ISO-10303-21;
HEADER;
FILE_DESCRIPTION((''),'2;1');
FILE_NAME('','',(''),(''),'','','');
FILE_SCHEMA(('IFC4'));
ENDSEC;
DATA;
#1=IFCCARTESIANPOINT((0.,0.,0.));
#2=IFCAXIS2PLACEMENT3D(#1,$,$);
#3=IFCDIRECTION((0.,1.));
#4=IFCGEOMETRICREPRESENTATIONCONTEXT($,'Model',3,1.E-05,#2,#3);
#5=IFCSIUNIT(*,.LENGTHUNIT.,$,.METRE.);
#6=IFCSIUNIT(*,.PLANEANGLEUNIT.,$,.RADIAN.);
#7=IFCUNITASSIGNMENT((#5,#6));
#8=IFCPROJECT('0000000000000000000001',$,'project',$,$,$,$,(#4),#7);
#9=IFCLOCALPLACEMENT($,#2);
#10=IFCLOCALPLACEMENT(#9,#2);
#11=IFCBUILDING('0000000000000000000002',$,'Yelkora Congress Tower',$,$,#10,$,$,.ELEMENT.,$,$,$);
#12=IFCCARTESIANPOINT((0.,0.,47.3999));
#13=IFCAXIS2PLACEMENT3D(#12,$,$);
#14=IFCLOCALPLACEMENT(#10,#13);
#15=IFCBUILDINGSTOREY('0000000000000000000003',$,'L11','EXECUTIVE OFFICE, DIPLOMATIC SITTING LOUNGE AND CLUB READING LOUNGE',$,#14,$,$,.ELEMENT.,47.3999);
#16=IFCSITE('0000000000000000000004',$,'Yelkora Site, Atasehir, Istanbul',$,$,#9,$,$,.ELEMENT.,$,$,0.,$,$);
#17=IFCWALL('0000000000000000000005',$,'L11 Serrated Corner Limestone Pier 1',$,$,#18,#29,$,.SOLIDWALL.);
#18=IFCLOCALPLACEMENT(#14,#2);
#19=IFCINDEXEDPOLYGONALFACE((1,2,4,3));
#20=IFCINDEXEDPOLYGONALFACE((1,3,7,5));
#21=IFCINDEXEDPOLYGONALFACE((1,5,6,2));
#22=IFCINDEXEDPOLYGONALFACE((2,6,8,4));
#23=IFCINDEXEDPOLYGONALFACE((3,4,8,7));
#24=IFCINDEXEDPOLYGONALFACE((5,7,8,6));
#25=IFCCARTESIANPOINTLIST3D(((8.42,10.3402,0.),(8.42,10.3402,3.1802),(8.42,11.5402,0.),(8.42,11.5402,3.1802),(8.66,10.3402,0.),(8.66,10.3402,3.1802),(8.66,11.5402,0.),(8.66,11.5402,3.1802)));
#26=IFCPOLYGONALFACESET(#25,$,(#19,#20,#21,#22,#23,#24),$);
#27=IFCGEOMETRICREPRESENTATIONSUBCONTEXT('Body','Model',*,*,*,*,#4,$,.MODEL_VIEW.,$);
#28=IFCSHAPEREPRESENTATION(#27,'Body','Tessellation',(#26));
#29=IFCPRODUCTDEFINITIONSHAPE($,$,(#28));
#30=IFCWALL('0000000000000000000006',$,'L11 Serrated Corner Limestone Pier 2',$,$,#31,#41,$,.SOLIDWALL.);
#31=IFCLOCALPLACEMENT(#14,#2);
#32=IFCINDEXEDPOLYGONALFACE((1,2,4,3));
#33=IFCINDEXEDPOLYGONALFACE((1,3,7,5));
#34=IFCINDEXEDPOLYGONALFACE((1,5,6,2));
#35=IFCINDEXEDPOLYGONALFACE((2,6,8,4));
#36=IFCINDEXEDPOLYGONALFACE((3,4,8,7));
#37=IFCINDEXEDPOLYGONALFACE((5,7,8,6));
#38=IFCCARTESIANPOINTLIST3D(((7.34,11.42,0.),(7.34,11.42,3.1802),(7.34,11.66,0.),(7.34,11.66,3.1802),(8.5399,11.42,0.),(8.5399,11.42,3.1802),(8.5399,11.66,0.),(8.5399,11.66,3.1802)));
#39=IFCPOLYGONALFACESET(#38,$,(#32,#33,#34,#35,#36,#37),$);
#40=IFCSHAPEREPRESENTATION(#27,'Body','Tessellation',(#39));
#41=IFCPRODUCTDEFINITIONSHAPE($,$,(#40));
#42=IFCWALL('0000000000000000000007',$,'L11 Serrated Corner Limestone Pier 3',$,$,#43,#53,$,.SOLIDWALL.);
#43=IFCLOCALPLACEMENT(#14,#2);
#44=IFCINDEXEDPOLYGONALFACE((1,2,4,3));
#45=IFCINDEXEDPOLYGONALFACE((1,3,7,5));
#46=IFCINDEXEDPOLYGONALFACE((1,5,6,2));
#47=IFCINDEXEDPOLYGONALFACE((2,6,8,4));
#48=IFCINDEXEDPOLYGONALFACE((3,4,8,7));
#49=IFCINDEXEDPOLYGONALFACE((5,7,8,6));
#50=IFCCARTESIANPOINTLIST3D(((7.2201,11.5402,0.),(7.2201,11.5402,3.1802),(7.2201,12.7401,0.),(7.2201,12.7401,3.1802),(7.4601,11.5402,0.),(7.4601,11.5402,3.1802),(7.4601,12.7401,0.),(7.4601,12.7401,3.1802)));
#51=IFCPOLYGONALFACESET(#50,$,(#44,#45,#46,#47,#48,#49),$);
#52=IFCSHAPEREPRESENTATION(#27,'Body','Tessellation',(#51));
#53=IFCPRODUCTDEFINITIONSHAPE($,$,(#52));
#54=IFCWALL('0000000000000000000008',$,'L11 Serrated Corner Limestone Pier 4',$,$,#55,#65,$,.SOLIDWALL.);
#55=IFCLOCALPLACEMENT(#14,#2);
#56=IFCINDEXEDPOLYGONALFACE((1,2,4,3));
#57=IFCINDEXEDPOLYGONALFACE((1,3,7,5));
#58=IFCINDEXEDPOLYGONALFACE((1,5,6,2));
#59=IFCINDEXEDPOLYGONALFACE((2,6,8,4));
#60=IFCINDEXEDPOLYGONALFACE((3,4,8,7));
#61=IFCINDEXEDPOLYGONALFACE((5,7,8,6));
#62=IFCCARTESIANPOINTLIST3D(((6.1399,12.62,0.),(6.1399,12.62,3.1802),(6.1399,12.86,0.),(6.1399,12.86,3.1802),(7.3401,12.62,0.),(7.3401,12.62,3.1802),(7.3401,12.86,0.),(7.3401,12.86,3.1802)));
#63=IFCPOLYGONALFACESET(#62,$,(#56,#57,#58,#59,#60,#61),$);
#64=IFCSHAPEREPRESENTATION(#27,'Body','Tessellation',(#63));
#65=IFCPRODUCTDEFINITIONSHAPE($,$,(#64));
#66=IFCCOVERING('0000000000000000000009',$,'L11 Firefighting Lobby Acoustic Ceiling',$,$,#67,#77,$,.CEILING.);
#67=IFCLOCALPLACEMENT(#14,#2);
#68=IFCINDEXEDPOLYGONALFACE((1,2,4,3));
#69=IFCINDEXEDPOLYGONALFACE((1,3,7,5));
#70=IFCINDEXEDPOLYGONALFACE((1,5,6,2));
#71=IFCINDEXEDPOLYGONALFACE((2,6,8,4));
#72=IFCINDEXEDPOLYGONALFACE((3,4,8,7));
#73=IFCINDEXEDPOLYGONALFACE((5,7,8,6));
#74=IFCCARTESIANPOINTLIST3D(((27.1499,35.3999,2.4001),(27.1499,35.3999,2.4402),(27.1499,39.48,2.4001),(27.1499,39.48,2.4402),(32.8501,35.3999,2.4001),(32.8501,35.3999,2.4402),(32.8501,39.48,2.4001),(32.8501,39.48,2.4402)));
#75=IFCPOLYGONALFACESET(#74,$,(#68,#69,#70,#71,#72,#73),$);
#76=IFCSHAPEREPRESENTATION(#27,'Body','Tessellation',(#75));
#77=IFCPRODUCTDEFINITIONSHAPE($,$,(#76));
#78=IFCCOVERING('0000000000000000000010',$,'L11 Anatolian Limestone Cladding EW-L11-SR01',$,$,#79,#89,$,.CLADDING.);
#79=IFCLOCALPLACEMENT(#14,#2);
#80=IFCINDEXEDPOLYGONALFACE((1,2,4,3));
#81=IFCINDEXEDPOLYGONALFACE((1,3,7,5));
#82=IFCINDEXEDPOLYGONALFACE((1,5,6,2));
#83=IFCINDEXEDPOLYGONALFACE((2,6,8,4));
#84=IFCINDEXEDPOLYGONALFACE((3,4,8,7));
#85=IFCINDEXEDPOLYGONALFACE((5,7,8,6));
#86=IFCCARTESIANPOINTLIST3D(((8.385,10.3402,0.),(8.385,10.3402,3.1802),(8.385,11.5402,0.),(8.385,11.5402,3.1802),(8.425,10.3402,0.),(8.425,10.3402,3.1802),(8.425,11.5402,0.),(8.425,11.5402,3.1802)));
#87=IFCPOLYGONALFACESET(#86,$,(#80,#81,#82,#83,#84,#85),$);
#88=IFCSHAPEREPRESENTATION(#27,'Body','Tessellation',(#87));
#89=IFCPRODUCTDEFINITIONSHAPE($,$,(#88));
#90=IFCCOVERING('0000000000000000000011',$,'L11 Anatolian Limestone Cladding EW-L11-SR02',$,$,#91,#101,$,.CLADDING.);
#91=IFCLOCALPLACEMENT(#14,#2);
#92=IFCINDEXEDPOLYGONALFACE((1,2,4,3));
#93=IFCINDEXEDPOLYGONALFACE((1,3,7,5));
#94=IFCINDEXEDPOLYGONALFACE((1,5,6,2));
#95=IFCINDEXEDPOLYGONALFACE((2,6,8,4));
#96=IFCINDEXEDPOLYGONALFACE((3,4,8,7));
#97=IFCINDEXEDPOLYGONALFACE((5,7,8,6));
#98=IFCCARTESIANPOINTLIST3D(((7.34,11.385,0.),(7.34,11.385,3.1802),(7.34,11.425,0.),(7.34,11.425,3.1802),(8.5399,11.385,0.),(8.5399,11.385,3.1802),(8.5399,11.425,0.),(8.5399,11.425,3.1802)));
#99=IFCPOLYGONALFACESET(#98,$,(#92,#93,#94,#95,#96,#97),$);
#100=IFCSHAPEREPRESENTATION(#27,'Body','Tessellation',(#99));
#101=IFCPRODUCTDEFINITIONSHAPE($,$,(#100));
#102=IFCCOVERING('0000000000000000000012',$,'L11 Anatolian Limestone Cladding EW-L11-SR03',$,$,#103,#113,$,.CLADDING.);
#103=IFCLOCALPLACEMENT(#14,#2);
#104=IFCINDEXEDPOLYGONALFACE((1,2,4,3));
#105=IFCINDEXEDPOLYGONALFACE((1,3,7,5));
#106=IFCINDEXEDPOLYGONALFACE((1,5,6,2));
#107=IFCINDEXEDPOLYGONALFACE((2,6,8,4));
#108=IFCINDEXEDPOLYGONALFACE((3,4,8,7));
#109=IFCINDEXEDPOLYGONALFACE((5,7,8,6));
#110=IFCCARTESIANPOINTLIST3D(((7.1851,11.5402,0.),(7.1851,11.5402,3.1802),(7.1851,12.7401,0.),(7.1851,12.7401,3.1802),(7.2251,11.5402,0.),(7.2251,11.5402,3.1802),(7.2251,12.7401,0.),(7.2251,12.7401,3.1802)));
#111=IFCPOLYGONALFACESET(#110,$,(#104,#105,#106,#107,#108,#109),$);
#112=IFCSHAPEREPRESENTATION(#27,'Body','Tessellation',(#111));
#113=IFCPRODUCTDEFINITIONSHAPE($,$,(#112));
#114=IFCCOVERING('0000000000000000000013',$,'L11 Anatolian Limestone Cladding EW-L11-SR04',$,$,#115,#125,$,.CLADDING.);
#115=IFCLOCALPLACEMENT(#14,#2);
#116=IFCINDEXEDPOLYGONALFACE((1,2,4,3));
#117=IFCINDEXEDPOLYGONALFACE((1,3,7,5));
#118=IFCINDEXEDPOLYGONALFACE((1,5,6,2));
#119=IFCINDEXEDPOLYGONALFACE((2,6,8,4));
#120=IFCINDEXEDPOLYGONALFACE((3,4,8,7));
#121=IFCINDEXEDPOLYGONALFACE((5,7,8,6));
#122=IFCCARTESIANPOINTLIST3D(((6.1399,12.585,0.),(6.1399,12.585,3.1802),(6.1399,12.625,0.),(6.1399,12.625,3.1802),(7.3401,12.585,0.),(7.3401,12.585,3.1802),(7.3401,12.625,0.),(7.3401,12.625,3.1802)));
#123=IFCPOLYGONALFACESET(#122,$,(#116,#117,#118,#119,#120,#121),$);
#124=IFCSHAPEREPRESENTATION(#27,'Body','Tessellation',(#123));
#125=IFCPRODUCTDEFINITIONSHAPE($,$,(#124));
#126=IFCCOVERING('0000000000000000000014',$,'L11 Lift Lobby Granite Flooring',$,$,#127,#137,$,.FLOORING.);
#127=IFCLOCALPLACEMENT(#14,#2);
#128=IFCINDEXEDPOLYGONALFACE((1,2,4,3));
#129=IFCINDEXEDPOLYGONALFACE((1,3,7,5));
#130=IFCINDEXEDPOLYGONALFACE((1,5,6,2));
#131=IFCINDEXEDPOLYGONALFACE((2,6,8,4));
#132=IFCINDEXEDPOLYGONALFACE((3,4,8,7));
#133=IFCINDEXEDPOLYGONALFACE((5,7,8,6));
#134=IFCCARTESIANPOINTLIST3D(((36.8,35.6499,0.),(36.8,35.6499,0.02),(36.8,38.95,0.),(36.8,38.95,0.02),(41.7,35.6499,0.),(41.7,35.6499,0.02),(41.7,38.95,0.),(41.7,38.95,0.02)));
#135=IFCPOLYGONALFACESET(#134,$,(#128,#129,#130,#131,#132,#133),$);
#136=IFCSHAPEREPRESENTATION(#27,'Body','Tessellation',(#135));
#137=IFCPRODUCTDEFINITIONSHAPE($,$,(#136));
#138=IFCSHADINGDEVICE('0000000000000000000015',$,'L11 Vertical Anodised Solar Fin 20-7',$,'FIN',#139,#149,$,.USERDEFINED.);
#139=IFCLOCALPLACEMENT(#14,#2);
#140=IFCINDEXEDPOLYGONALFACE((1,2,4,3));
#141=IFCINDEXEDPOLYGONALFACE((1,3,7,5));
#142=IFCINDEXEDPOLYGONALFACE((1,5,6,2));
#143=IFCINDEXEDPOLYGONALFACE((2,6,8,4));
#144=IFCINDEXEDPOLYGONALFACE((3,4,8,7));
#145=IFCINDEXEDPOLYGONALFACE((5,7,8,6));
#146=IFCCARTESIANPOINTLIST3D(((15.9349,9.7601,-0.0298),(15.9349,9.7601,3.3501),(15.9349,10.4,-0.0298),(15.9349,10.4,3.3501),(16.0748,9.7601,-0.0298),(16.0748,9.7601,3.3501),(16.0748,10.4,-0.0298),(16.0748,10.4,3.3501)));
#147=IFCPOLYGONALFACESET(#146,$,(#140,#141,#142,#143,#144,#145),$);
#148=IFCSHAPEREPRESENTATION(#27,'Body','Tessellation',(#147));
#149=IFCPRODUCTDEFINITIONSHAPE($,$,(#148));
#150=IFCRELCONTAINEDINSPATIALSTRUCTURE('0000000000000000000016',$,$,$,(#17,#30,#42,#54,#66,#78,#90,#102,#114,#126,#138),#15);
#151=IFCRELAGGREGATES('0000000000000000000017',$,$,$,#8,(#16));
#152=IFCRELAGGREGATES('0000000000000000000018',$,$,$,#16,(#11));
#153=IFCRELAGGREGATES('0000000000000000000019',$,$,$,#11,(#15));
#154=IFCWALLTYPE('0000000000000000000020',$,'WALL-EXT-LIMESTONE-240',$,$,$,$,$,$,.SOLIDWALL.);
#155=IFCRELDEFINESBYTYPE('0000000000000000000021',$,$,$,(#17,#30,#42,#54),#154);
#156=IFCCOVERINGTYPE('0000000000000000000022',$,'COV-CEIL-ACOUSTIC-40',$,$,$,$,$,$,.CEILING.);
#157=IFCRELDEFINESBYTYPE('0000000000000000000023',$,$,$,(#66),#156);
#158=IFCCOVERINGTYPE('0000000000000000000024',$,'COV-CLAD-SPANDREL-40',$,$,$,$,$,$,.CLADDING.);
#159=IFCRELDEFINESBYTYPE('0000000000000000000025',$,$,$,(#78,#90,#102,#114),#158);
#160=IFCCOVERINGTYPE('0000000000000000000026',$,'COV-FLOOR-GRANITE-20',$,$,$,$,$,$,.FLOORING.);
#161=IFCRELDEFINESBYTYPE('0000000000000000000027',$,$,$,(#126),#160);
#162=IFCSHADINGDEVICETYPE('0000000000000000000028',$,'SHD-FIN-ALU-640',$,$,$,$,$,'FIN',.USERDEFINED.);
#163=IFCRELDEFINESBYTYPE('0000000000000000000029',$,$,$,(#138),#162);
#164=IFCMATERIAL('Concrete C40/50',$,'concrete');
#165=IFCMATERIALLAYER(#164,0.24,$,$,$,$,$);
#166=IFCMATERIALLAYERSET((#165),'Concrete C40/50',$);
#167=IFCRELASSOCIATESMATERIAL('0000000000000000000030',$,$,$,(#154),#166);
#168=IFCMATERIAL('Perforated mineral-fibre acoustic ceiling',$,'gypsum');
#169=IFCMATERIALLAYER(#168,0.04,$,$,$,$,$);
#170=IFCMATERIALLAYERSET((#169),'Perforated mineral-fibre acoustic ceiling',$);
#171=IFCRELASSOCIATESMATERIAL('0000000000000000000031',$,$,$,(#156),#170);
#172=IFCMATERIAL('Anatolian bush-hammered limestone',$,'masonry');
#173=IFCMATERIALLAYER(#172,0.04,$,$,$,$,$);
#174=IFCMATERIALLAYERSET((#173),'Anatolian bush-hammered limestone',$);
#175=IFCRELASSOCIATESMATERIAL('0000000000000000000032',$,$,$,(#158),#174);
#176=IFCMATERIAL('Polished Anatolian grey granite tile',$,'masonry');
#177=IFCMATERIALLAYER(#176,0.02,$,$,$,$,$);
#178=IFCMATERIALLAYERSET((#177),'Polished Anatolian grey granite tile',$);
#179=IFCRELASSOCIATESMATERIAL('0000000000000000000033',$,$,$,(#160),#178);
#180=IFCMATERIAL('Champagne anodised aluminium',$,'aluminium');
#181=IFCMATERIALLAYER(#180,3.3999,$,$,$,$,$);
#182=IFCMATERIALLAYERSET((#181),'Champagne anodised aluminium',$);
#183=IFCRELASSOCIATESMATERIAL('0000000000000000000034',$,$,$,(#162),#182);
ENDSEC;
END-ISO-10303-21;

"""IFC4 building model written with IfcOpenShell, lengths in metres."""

from ifc_helpers import new_model, si_unit, direction, frame, frame_2d, origin, origin_2d, place, context, subcontext, project, spatial, polyline, rectangle, outline, extrude, material, layer, layer_set, type_object, element, save


model = new_model("IFC4")

# Units and contexts
model_context = context("Model", 3, precision=1e-05, world=origin(), true_north=direction((0.0, 1.0)))
body_context = subcontext(model_context, "Body", "Model", "MODEL_VIEW")
ifc_project = project(units=[si_unit("LENGTHUNIT", "METRE"), si_unit("PLANEANGLEUNIT", "RADIAN")], contexts=[model_context])

# Site, building, storey
site_placement = place(None, origin())
site = spatial("IfcSite", under=ifc_project, at=site_placement, Name="Yelkora Site, Atasehir, Istanbul", CompositionType="ELEMENT", RefElevation=0.0)
building_placement = place(site_placement, origin())
building = spatial("IfcBuilding", under=site, at=building_placement, Name="Yelkora Congress Tower", CompositionType="ELEMENT")
storey_placement = place(building_placement, frame((0.0, 0.0, 47.3999)))
storey = spatial("IfcBuildingStorey", under=building, at=storey_placement, Name="L11", Description="EXECUTIVE OFFICE, DIPLOMATIC SITTING LOUNGE AND CLUB READING LOUNGE", CompositionType="ELEMENT", Elevation=47.3999)

# Shared definitions
ifc_material_1 = material(Name="Concrete C40/50", Category="concrete")

# Walls
ifc_layer_1 = layer(ifc_material_1, 0.24)
ifc_layer_set_1 = layer_set([ifc_layer_1], Name="Concrete C40/50")
wall_type = type_object("IfcWallType", Name="WALL-EXT-LIMESTONE-240", PredefinedType="SOLIDWALL", material=ifc_layer_set_1)
for number, where, z_axis, x_axis, name in (
    (1, (8.54, 10.3401, 0.0), (0.0, 0.0, 1.0), (0.0, 1.0, 0.0), "L11 Serrated Corner Limestone Pier 1"),
    (2, (8.54, 11.54, 0.0), (0.0, 0.0, 1.0), (-1.0, 0.0, 0.0), "L11 Serrated Corner Limestone Pier 2"),
    (3, (7.3401, 11.54, 0.0), (0.0, 0.0, 1.0), (0.0, 1.0, 0.0), "L11 Serrated Corner Limestone Pier 3"),
):
    element("IfcWall", number, at=place(storey_placement, frame(where, z_axis=z_axis, x_axis=x_axis)), inside=storey, type_object=wall_type, Name=name, PredefinedType="SOLIDWALL", context=body_context, shape_type="SweptSolid", body=[
        extrude(rectangle(XDim=1.2, YDim=0.24, at=frame_2d((0.6001, 0.0))), origin(), (0.0, 0.0, 1.0), 3.1802),
    ])
wall_placement = place(storey_placement, frame((7.3401, 12.74, 0.0), z_axis=(0.0, 0.0, 1.0), x_axis=(-1.0, 0.0, 0.0)))
element("IfcWall", 4, at=wall_placement, inside=storey, type_object=wall_type, Name="L11 Serrated Corner Limestone Pier 4", PredefinedType="SOLIDWALL", context=body_context, shape_type="SweptSolid", body=[
    extrude(rectangle(XDim=1.2002, YDim=0.24, at=frame_2d((0.6001, 0.0))), origin(), (0.0, 0.0, 1.0), 3.1802),
])

# Coverings
ifc_material_2 = material(Name="Perforated mineral-fibre acoustic ceiling", Category="gypsum")
ifc_layer_2 = layer(ifc_material_2, 0.04)
ifc_layer_set_2 = layer_set([ifc_layer_2], Name="Perforated mineral-fibre acoustic ceiling")
covering_type_1 = type_object("IfcCoveringType", Name="COV-CEIL-ACOUSTIC-40", PredefinedType="CEILING", material=ifc_layer_set_2)
covering_1_placement = place(storey_placement, frame((0.0, 0.0, 2.4001)))
element("IfcCovering", 5, at=covering_1_placement, inside=storey, type_object=covering_type_1, Name="L11 Firefighting Lobby Acoustic Ceiling", PredefinedType="CEILING", context=body_context, shape_type="SweptSolid", body=[
    extrude(outline(polyline([(27.1499, 35.3999), (32.8501, 35.3999), (32.8501, 39.48), (27.1499, 39.48), (27.1499, 35.3999)])), origin(), (0.0, 0.0, 1.0), 0.04),
])
ifc_material_3 = material(Name="Anatolian bush-hammered limestone", Category="masonry")
ifc_layer_3 = layer(ifc_material_3, 0.04)
ifc_layer_set_3 = layer_set([ifc_layer_3], Name="Anatolian bush-hammered limestone")
covering_type_2 = type_object("IfcCoveringType", Name="COV-CLAD-SPANDREL-40", PredefinedType="CLADDING", material=ifc_layer_set_3)
for number, where, z_axis, x_axis, name in (
    (6, (8.405, 10.3401, 0.0), (0.0, 0.0, 1.0), (0.0, 1.0, 0.0), "L11 Anatolian Limestone Cladding EW-L11-SR01"),
    (7, (8.54, 11.405, 0.0), (0.0, 0.0, 1.0), (-1.0, 0.0, 0.0), "L11 Anatolian Limestone Cladding EW-L11-SR02"),
    (8, (7.2051, 11.54, 0.0), (0.0, 0.0, 1.0), (0.0, 1.0, 0.0), "L11 Anatolian Limestone Cladding EW-L11-SR03"),
):
    element("IfcCovering", number, at=place(storey_placement, frame(where, z_axis=z_axis, x_axis=x_axis)), inside=storey, type_object=covering_type_2, Name=name, PredefinedType="CLADDING", context=body_context, shape_type="SweptSolid", body=[
        extrude(rectangle(XDim=1.2, YDim=0.04, at=frame_2d((0.6001, 0.0))), origin(), (0.0, 0.0, 1.0), 3.1802),
    ])
covering_2_placement = place(storey_placement, frame((7.3401, 12.605, 0.0), z_axis=(0.0, 0.0, 1.0), x_axis=(-1.0, 0.0, 0.0)))
element("IfcCovering", 9, at=covering_2_placement, inside=storey, type_object=covering_type_2, Name="L11 Anatolian Limestone Cladding EW-L11-SR04", PredefinedType="CLADDING", context=body_context, shape_type="SweptSolid", body=[
    extrude(rectangle(XDim=1.2002, YDim=0.04, at=frame_2d((0.6001, 0.0))), origin(), (0.0, 0.0, 1.0), 3.1802),
])
ifc_material_4 = material(Name="Polished Anatolian grey granite tile", Category="masonry")
ifc_layer_4 = layer(ifc_material_4, 0.02)
ifc_layer_set_4 = layer_set([ifc_layer_4], Name="Polished Anatolian grey granite tile")
covering_type_3 = type_object("IfcCoveringType", Name="COV-FLOOR-GRANITE-20", PredefinedType="FLOORING", material=ifc_layer_set_4)
covering_3_placement = place(storey_placement, origin())
element("IfcCovering", 10, at=covering_3_placement, inside=storey, type_object=covering_type_3, Name="L11 Lift Lobby Granite Flooring", PredefinedType="FLOORING", context=body_context, shape_type="SweptSolid", body=[
    extrude(outline(polyline([(36.8, 35.6499), (41.7, 35.6499), (41.7, 38.95), (36.8, 38.95), (36.8, 35.6499)])), origin(), (0.0, 0.0, 1.0), 0.02),
])

# Shading device
ifc_material_5 = material(Name="Champagne anodised aluminium", Category="aluminium")
ifc_layer_5 = layer(ifc_material_5, 3.3999)
ifc_layer_set_5 = layer_set([ifc_layer_5], Name="Champagne anodised aluminium")
shading_device_type = type_object("IfcShadingDeviceType", Name="SHD-FIN-ALU-640", ElementType="FIN", PredefinedType="USERDEFINED", material=ifc_layer_set_5)
shading_device_placement = place(storey_placement, frame((16.0049, 10.0801, -0.0298), z_axis=(0.0, 0.0, 1.0), x_axis=(-1.0, 0.0, 0.0)))
element("IfcShadingDevice", 11, at=shading_device_placement, inside=storey, type_object=shading_device_type, Name="L11 Vertical Anodised Solar Fin 20-7", ObjectType="FIN", PredefinedType="USERDEFINED", context=body_context, shape_type="SweptSolid", body=[
    extrude(rectangle(XDim=0.1399, YDim=0.6399, at=origin_2d()), origin(), (0.0, 0.0, 1.0), 3.3799),
])

save(model, "model.ifc")
